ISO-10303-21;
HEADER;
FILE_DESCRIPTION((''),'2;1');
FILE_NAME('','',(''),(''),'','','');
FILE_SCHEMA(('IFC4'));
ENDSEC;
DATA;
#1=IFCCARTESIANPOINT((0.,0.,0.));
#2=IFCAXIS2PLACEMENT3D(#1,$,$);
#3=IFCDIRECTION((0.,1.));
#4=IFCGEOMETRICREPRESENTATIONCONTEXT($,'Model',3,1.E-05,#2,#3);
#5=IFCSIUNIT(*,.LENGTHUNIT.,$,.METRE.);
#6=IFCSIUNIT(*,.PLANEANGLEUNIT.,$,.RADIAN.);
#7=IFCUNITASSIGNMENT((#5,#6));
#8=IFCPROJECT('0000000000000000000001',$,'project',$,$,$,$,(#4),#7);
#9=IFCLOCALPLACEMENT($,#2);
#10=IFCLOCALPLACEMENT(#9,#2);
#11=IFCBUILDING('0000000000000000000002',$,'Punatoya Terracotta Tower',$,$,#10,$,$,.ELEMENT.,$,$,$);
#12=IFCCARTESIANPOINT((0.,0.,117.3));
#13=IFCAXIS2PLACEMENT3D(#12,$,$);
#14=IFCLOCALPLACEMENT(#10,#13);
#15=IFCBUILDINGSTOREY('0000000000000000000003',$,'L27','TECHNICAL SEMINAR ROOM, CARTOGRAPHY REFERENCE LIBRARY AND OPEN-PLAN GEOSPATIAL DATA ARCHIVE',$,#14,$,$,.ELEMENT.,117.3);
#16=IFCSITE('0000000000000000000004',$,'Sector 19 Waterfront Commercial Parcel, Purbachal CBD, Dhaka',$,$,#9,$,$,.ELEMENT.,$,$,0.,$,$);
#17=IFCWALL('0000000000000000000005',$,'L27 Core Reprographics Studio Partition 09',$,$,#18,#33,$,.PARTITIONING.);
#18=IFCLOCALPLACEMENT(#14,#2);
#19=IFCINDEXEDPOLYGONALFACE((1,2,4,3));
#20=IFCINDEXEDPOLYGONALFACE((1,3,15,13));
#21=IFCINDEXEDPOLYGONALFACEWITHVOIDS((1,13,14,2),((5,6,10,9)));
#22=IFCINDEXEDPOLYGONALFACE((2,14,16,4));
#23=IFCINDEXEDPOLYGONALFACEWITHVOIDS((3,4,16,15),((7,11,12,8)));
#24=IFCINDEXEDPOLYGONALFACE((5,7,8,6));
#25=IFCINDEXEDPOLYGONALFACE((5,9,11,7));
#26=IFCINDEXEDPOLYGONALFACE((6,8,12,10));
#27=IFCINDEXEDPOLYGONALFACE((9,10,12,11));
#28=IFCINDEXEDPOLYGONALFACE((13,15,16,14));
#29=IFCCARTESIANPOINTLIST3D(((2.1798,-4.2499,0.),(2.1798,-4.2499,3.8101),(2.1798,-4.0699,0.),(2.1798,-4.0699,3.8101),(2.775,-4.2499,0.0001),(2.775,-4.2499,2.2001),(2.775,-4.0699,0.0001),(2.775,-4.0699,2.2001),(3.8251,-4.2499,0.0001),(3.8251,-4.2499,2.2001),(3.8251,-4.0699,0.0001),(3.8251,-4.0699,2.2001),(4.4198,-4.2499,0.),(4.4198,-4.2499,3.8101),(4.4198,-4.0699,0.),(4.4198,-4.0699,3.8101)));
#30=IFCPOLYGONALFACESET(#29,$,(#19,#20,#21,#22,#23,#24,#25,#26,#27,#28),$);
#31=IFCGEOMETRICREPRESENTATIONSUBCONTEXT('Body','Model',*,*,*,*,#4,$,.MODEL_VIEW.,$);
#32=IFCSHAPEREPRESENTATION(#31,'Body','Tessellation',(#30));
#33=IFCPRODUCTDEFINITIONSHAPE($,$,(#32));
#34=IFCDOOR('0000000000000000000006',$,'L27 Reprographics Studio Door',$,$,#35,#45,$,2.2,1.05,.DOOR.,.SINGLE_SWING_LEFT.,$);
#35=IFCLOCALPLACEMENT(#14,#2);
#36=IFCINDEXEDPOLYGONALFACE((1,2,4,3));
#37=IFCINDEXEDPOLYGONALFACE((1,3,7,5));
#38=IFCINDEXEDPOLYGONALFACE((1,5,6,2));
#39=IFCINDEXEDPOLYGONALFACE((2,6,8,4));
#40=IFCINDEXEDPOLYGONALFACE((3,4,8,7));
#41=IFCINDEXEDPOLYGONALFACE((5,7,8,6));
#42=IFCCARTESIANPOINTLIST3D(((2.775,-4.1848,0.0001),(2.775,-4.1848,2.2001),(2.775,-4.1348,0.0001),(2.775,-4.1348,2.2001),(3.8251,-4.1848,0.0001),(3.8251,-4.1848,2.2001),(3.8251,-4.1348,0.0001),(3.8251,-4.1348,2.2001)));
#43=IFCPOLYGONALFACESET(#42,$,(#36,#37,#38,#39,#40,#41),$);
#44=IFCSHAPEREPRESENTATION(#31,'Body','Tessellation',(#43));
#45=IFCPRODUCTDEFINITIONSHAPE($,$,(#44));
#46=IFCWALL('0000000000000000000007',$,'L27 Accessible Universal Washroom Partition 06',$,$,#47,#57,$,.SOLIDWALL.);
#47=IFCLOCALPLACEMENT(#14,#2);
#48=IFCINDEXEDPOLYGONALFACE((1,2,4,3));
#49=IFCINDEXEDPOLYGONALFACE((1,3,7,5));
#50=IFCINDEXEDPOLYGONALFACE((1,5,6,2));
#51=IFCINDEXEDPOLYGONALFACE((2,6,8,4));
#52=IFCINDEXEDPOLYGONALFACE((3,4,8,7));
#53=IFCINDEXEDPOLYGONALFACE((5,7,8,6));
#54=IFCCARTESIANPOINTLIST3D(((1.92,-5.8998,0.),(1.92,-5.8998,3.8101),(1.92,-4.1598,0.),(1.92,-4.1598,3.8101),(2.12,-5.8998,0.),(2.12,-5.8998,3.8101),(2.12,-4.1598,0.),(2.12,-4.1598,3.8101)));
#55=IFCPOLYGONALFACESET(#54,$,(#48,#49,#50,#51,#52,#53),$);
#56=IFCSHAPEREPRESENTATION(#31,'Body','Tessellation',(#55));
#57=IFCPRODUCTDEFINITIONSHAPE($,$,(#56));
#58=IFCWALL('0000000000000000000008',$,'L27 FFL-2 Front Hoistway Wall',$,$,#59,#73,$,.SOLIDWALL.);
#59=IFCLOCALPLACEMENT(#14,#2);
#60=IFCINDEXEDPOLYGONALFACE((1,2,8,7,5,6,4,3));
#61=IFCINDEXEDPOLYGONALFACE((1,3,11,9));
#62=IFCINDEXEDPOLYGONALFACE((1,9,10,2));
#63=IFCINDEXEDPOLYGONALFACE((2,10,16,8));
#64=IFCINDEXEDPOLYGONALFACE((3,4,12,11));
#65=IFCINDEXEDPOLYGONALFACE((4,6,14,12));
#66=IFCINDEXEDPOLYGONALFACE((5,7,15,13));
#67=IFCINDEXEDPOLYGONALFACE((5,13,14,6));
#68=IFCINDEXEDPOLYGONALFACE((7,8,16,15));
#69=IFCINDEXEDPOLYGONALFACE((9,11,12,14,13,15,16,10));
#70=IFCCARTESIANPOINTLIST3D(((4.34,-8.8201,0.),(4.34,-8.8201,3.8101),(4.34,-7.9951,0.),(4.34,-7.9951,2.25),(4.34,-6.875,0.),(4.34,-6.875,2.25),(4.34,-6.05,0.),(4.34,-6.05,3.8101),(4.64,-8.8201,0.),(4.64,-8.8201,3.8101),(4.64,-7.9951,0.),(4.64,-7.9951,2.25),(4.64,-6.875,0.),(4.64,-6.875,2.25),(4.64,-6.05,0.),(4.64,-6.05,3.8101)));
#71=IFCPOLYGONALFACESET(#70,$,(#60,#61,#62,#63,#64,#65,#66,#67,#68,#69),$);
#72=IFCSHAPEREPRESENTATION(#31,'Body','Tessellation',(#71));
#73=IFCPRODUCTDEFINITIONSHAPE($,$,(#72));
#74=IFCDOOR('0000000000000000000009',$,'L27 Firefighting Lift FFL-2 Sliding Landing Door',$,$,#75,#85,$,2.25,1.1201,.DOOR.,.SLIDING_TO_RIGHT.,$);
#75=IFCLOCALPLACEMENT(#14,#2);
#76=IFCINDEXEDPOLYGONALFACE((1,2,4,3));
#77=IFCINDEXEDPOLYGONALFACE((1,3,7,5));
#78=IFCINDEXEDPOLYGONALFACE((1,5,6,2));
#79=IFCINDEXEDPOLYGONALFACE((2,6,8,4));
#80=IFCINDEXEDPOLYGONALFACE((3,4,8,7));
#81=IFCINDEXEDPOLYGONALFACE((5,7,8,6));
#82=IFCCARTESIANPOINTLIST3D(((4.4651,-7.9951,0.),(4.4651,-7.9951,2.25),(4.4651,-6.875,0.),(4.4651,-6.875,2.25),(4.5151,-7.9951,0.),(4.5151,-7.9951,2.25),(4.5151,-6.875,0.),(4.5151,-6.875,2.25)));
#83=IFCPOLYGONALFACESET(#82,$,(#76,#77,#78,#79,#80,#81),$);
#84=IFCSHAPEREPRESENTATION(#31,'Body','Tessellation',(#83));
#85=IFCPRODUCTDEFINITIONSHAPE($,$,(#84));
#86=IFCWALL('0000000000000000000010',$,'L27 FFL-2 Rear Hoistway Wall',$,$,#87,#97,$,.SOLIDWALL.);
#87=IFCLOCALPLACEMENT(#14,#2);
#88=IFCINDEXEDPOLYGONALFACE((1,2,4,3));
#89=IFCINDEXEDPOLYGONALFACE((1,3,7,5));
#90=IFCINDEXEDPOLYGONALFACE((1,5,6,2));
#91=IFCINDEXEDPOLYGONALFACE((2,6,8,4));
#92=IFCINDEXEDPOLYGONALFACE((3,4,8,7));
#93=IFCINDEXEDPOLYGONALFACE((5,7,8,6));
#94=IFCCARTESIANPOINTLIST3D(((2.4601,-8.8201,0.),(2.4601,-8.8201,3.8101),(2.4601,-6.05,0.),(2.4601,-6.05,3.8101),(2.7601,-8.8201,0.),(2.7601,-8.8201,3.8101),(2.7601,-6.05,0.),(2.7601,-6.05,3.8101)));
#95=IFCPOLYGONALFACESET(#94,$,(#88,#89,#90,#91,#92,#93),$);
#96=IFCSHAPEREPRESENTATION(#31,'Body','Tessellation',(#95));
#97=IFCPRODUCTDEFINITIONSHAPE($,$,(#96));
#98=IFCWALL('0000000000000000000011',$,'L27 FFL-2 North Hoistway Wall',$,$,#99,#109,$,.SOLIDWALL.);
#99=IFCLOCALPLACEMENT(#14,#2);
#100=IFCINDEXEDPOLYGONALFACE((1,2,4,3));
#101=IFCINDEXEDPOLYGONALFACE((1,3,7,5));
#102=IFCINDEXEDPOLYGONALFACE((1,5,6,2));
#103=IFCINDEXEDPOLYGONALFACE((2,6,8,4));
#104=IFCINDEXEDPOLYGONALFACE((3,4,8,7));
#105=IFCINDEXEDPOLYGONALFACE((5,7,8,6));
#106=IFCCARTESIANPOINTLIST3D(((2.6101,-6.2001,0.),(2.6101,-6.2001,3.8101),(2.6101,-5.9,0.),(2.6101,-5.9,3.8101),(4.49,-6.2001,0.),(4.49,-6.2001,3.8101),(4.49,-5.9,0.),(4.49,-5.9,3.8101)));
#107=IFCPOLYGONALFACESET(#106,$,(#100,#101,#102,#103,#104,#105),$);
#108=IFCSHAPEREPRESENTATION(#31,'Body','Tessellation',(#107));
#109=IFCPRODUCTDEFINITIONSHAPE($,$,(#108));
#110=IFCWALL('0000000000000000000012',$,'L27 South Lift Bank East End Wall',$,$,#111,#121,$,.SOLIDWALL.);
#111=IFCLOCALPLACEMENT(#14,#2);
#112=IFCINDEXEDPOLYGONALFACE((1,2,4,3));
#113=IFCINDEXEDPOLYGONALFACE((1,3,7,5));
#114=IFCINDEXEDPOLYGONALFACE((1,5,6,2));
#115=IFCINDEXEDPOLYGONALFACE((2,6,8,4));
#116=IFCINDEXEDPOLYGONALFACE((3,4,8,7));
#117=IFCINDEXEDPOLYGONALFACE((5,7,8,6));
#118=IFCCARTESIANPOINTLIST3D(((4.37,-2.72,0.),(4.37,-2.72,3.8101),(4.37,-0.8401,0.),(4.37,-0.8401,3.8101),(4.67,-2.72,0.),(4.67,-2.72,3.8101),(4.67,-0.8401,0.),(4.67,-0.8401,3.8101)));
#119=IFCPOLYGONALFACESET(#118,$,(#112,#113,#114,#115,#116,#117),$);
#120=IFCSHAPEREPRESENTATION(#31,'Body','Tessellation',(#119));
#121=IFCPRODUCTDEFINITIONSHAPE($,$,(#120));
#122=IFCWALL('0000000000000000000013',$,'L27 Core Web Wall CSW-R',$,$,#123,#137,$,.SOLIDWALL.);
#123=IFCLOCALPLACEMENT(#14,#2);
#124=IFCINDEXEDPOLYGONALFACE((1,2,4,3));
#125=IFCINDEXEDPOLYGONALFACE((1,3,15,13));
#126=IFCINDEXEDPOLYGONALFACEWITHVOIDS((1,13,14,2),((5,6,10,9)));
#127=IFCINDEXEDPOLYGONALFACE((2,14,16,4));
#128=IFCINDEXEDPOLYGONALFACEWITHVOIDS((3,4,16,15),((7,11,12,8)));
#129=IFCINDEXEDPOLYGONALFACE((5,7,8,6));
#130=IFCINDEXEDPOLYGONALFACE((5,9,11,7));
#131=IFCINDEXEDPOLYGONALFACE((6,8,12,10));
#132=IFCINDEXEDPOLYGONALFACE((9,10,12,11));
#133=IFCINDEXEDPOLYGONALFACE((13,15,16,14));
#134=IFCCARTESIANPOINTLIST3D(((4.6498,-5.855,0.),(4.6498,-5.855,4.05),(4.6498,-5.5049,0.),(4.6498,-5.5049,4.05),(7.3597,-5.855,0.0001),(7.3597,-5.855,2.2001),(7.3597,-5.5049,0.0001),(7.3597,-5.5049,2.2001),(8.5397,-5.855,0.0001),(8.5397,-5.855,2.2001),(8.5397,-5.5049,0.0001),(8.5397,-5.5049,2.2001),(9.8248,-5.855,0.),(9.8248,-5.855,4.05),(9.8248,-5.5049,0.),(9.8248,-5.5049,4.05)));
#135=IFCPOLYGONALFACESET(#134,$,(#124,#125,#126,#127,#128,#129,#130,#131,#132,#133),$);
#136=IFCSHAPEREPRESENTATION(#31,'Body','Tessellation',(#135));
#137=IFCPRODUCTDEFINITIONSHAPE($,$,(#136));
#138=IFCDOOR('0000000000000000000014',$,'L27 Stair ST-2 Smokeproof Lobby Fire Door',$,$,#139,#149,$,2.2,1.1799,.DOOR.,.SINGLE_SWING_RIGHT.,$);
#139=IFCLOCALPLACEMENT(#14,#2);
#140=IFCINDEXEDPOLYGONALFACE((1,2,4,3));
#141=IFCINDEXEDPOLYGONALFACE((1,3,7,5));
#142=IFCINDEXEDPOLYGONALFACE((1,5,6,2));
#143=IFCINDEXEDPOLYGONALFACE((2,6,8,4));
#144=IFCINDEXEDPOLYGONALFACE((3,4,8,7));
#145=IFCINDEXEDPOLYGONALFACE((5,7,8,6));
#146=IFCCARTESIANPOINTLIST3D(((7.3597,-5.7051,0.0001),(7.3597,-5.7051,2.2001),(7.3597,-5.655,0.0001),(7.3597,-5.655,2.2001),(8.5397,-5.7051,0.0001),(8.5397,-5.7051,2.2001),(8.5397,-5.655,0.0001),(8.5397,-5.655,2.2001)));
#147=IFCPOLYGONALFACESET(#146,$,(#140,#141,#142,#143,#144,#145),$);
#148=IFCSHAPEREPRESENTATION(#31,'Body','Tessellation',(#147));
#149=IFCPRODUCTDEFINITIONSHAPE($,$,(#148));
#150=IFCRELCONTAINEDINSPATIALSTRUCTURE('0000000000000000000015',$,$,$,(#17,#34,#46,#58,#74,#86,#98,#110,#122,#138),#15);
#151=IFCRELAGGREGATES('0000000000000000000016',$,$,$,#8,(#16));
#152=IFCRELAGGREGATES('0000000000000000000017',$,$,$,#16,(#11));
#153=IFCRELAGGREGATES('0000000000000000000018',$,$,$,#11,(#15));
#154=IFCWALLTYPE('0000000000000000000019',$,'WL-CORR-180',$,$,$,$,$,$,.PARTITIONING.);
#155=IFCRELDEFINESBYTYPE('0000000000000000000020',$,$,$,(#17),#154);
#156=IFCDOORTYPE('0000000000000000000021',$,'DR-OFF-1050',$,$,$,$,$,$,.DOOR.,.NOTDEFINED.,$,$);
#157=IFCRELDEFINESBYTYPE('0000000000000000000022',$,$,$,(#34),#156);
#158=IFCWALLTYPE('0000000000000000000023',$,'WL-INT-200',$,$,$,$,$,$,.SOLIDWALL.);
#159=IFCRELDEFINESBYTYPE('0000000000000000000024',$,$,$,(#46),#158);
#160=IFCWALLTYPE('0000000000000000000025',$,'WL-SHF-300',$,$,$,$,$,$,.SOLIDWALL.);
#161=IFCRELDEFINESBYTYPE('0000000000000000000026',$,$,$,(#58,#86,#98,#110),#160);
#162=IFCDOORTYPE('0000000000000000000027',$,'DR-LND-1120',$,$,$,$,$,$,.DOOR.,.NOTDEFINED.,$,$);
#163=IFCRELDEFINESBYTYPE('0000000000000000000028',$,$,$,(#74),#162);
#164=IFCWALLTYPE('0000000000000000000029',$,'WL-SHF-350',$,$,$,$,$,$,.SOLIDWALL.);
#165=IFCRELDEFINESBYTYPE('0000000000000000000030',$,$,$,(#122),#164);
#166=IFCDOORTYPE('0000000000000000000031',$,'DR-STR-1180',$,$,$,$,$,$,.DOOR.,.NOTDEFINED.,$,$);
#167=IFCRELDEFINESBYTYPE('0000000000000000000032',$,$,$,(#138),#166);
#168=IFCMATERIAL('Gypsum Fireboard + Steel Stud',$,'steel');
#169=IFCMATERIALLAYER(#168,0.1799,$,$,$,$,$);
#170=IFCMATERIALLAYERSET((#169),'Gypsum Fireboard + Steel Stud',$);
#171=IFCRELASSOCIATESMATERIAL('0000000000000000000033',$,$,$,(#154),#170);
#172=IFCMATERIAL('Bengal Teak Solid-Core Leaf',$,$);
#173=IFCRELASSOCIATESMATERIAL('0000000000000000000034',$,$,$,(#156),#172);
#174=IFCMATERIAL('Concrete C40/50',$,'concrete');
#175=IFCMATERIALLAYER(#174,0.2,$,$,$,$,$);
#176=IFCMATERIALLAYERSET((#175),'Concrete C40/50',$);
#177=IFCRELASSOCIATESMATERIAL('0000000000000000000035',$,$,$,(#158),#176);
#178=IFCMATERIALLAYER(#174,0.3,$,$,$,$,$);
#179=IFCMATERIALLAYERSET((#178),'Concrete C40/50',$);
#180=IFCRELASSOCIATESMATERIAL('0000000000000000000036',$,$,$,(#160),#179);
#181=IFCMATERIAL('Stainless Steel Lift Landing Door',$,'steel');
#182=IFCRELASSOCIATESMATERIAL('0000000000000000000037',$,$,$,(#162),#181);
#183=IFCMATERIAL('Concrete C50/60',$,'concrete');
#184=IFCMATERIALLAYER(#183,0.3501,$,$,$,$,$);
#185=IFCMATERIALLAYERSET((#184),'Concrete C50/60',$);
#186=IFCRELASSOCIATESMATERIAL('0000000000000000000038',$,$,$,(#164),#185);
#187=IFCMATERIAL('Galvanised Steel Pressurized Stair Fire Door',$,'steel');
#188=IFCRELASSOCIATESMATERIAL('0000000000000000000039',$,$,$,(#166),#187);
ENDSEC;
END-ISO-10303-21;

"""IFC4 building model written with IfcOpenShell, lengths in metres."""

from ifc_helpers import new_model, si_unit, direction, frame, frame_2d, origin, place, context, subcontext, project, spatial, rectangle, extrude, material, layer, layer_set, type_object, element, fill, save


model = new_model("IFC4")

# Units and contexts
model_context = context("Model", 3, precision=1e-05, world=origin(), true_north=direction((0.0, 1.0)))
body_context = subcontext(model_context, "Body", "Model", "MODEL_VIEW")
ifc_project = project(units=[si_unit("LENGTHUNIT", "METRE"), si_unit("PLANEANGLEUNIT", "RADIAN")], contexts=[model_context])

# Site, building, storey
site_placement = place(None, origin())
site = spatial("IfcSite", under=ifc_project, at=site_placement, Name="Sector 19 Waterfront Commercial Parcel, Purbachal CBD, Dhaka", CompositionType="ELEMENT", RefElevation=0.0)
building_placement = place(site_placement, origin())
building = spatial("IfcBuilding", under=site, at=building_placement, Name="Punatoya Terracotta Tower", CompositionType="ELEMENT")
storey_placement = place(building_placement, frame((0.0, 0.0, 117.3)))
storey = spatial("IfcBuildingStorey", under=building, at=storey_placement, Name="L27", Description="TECHNICAL SEMINAR ROOM, CARTOGRAPHY REFERENCE LIBRARY AND OPEN-PLAN GEOSPATIAL DATA ARCHIVE", CompositionType="ELEMENT", Elevation=117.3)

# Shared definitions
ifc_material_1 = material(Name="Gypsum Fireboard + Steel Stud", Category="steel")
ifc_layer_1 = layer(ifc_material_1, 0.1799)
ifc_layer_set_1 = layer_set([ifc_layer_1], Name="Gypsum Fireboard + Steel Stud")
wall_type_1 = type_object("IfcWallType", Name="WL-CORR-180", PredefinedType="PARTITIONING", material=ifc_layer_set_1)

# Wall, opening, door
wall_1_placement = place(storey_placement, frame((4.4199, -4.1599, 0.0), z_axis=(0.0, 0.0, 1.0), x_axis=(-1.0, 0.0, 0.0)))
wall_1 = element("IfcWall", 1, at=wall_1_placement, inside=storey, type_object=wall_type_1, Name="L27 Core Reprographics Studio Partition 09", PredefinedType="PARTITIONING", context=body_context, shape_type="SweptSolid", body=[
    extrude(rectangle(XDim=2.24, YDim=0.1799, at=frame_2d((1.1201, 0.0))), origin(), (0.0, 0.0, 1.0), 3.8101),
])
opening_1_placement = place(wall_1_placement, frame((0.595, 0.0, 0.0)))
opening_1 = element("IfcOpeningElement", 2, at=opening_1_placement, cuts=wall_1, PredefinedType="OPENING", context=body_context, shape_type="SweptSolid", body=[
    extrude(rectangle(XDim=1.05, YDim=2.2, at=frame_2d((0.5249, 1.1001))), frame((0.0, 0.0999, 0.0), z_axis=(0.0, -1.0, 0.0), x_axis=(1.0, 0.0, 0.0)), (0.0, 0.0, 1.0), 0.2),
])
ifc_material_2 = material(Name="Bengal Teak Solid-Core Leaf")
door_type_1 = type_object("IfcDoorType", Name="DR-OFF-1050", OperationType="NOTDEFINED", PredefinedType="DOOR", material=ifc_material_2)
door_1_placement = place(opening_1_placement, origin())
door_1 = element("IfcDoor", 3, at=door_1_placement, inside=storey, type_object=door_type_1, Name="L27 Reprographics Studio Door", OperationType="SINGLE_SWING_LEFT", OverallHeight=2.2, OverallWidth=1.05, PredefinedType="DOOR", context=body_context, shape_type="SweptSolid", body=[
    extrude(rectangle(XDim=1.05, YDim=2.2, at=frame_2d((0.5249, 1.1001))), frame((0.0, 0.0249, 0.0), z_axis=(0.0, -1.0, 0.0), x_axis=(1.0, 0.0, 0.0)), (0.0, 0.0, 1.0), 0.05),
])
fill(opening_1, door_1)

# Wall
ifc_material_3 = material(Name="Concrete C40/50", Category="concrete")
ifc_layer_2 = layer(ifc_material_3, 0.2)
ifc_layer_set_2 = layer_set([ifc_layer_2], Name="Concrete C40/50")
wall_type_2 = type_object("IfcWallType", Name="WL-INT-200", PredefinedType="SOLIDWALL", material=ifc_layer_set_2)
wall_2_placement = place(storey_placement, frame((2.02, -5.8999, 0.0), z_axis=(0.0, 0.0, 1.0), x_axis=(0.0, 1.0, 0.0)))
element("IfcWall", 4, at=wall_2_placement, inside=storey, type_object=wall_type_2, Name="L27 Accessible Universal Washroom Partition 06", PredefinedType="SOLIDWALL", context=body_context, shape_type="SweptSolid", body=[
    extrude(rectangle(XDim=1.74, YDim=0.2, at=frame_2d((0.8701, 0.0))), origin(), (0.0, 0.0, 1.0), 3.8101),
])

# Wall, opening, door
ifc_layer_3 = layer(ifc_material_3, 0.3)
ifc_layer_set_3 = layer_set([ifc_layer_3], Name="Concrete C40/50")
wall_type_3 = type_object("IfcWallType", Name="WL-SHF-300", PredefinedType="SOLIDWALL", material=ifc_layer_set_3)
wall_3_placement = place(storey_placement, frame((4.49, -8.8201, 0.0), z_axis=(0.0, 0.0, 1.0), x_axis=(0.0, 1.0, 0.0)))
wall_3 = element("IfcWall", 5, at=wall_3_placement, inside=storey, type_object=wall_type_3, Name="L27 FFL-2 Front Hoistway Wall", PredefinedType="SOLIDWALL", context=body_context, shape_type="SweptSolid", body=[
    extrude(rectangle(XDim=2.77, YDim=0.3, at=frame_2d((1.385, 0.0))), origin(), (0.0, 0.0, 1.0), 3.8101),
])
opening_2_placement = place(wall_3_placement, frame((0.825, 0.0, 0.0)))
opening_2 = element("IfcOpeningElement", 6, at=opening_2_placement, cuts=wall_3, PredefinedType="OPENING", context=body_context, shape_type="SweptSolid", body=[
    extrude(rectangle(XDim=1.1201, YDim=2.25, at=frame_2d((0.5601, 1.125))), frame((0.0, 0.1599, 0.0), z_axis=(0.0, -1.0, 0.0), x_axis=(1.0, 0.0, 0.0)), (0.0, 0.0, 1.0), 0.3201),
])
ifc_material_4 = material(Name="Stainless Steel Lift Landing Door", Category="steel")
door_type_2 = type_object("IfcDoorType", Name="DR-LND-1120", OperationType="NOTDEFINED", PredefinedType="DOOR", material=ifc_material_4)
door_2_placement = place(opening_2_placement, origin())
door_2 = element("IfcDoor", 7, at=door_2_placement, inside=storey, type_object=door_type_2, Name="L27 Firefighting Lift FFL-2 Sliding Landing Door", OperationType="SLIDING_TO_RIGHT", OverallHeight=2.25, OverallWidth=1.1201, PredefinedType="DOOR", context=body_context, shape_type="SweptSolid", body=[
    extrude(rectangle(XDim=1.1201, YDim=2.25, at=frame_2d((0.5601, 1.125))), frame((0.0, 0.0249, 0.0), z_axis=(0.0, -1.0, 0.0), x_axis=(1.0, 0.0, 0.0)), (0.0, 0.0, 1.0), 0.05),
])
fill(opening_2, door_2)

# Walls
wall_4_placement = place(storey_placement, frame((2.6101, -8.8201, 0.0), z_axis=(0.0, 0.0, 1.0), x_axis=(0.0, 1.0, 0.0)))
element("IfcWall", 8, at=wall_4_placement, inside=storey, type_object=wall_type_3, Name="L27 FFL-2 Rear Hoistway Wall", PredefinedType="SOLIDWALL", context=body_context, shape_type="SweptSolid", body=[
    extrude(rectangle(XDim=2.77, YDim=0.3, at=frame_2d((1.385, 0.0))), origin(), (0.0, 0.0, 1.0), 3.8101),
])
for number, where, z_axis, x_axis, name in (
    (9, (2.6101, -6.05, 0.0), (0.0, 0.0, 1.0), (1.0, 0.0, 0.0), "L27 FFL-2 North Hoistway Wall"),
    (10, (4.52, -2.72, 0.0), (0.0, 0.0, 1.0), (0.0, 1.0, 0.0), "L27 South Lift Bank East End Wall"),
):
    element("IfcWall", number, at=place(storey_placement, frame(where, z_axis=z_axis, x_axis=x_axis)), inside=storey, type_object=wall_type_3, Name=name, PredefinedType="SOLIDWALL", context=body_context, shape_type="SweptSolid", body=[
        extrude(rectangle(XDim=1.8799, YDim=0.3, at=frame_2d((0.9399, 0.0))), origin(), (0.0, 0.0, 1.0), 3.8101),
    ])

# Wall, opening, door
ifc_material_5 = material(Name="Concrete C50/60", Category="concrete")
ifc_layer_4 = layer(ifc_material_5, 0.3501)
ifc_layer_set_4 = layer_set([ifc_layer_4], Name="Concrete C50/60")
wall_type_4 = type_object("IfcWallType", Name="WL-SHF-350", PredefinedType="SOLIDWALL", material=ifc_layer_set_4)
wall_5_placement = place(storey_placement, frame((4.6499, -5.6799, 0.0), z_axis=(0.0, 0.0, 1.0), x_axis=(1.0, 0.0, 0.0)))
wall_5 = element("IfcWall", 11, at=wall_5_placement, inside=storey, type_object=wall_type_4, Name="L27 Core Web Wall CSW-R", PredefinedType="SOLIDWALL", context=body_context, shape_type="SweptSolid", body=[
    extrude(rectangle(XDim=5.175, YDim=0.3501, at=frame_2d((2.5874, 0.0))), origin(), (0.0, 0.0, 1.0), 4.05),
])
opening_3_placement = place(wall_5_placement, frame((2.71, 0.0, 0.0)))
opening_3 = element("IfcOpeningElement", 12, at=opening_3_placement, cuts=wall_5, PredefinedType="OPENING", context=body_context, shape_type="SweptSolid", body=[
    extrude(rectangle(XDim=1.1799, YDim=2.2, at=frame_2d((0.5898, 1.1001))), frame((0.0, 0.1851, 0.0), z_axis=(0.0, -1.0, 0.0), x_axis=(1.0, 0.0, 0.0)), (0.0, 0.0, 1.0), 0.3701),
])
ifc_material_6 = material(Name="Galvanised Steel Pressurized Stair Fire Door", Category="steel")
door_type_3 = type_object("IfcDoorType", Name="DR-STR-1180", OperationType="NOTDEFINED", PredefinedType="DOOR", material=ifc_material_6)
door_3_placement = place(opening_3_placement, origin())
door_3 = element("IfcDoor", 13, at=door_3_placement, inside=storey, type_object=door_type_3, Name="L27 Stair ST-2 Smokeproof Lobby Fire Door", OperationType="SINGLE_SWING_RIGHT", OverallHeight=2.2, OverallWidth=1.1799, PredefinedType="DOOR", context=body_context, shape_type="SweptSolid", body=[
    extrude(rectangle(XDim=1.1799, YDim=2.2, at=frame_2d((0.5898, 1.1001))), frame((0.0, 0.0249, 0.0), z_axis=(0.0, -1.0, 0.0), x_axis=(1.0, 0.0, 0.0)), (0.0, 0.0, 1.0), 0.05),
])
fill(opening_3, door_3)

save(model, "model.ifc")
